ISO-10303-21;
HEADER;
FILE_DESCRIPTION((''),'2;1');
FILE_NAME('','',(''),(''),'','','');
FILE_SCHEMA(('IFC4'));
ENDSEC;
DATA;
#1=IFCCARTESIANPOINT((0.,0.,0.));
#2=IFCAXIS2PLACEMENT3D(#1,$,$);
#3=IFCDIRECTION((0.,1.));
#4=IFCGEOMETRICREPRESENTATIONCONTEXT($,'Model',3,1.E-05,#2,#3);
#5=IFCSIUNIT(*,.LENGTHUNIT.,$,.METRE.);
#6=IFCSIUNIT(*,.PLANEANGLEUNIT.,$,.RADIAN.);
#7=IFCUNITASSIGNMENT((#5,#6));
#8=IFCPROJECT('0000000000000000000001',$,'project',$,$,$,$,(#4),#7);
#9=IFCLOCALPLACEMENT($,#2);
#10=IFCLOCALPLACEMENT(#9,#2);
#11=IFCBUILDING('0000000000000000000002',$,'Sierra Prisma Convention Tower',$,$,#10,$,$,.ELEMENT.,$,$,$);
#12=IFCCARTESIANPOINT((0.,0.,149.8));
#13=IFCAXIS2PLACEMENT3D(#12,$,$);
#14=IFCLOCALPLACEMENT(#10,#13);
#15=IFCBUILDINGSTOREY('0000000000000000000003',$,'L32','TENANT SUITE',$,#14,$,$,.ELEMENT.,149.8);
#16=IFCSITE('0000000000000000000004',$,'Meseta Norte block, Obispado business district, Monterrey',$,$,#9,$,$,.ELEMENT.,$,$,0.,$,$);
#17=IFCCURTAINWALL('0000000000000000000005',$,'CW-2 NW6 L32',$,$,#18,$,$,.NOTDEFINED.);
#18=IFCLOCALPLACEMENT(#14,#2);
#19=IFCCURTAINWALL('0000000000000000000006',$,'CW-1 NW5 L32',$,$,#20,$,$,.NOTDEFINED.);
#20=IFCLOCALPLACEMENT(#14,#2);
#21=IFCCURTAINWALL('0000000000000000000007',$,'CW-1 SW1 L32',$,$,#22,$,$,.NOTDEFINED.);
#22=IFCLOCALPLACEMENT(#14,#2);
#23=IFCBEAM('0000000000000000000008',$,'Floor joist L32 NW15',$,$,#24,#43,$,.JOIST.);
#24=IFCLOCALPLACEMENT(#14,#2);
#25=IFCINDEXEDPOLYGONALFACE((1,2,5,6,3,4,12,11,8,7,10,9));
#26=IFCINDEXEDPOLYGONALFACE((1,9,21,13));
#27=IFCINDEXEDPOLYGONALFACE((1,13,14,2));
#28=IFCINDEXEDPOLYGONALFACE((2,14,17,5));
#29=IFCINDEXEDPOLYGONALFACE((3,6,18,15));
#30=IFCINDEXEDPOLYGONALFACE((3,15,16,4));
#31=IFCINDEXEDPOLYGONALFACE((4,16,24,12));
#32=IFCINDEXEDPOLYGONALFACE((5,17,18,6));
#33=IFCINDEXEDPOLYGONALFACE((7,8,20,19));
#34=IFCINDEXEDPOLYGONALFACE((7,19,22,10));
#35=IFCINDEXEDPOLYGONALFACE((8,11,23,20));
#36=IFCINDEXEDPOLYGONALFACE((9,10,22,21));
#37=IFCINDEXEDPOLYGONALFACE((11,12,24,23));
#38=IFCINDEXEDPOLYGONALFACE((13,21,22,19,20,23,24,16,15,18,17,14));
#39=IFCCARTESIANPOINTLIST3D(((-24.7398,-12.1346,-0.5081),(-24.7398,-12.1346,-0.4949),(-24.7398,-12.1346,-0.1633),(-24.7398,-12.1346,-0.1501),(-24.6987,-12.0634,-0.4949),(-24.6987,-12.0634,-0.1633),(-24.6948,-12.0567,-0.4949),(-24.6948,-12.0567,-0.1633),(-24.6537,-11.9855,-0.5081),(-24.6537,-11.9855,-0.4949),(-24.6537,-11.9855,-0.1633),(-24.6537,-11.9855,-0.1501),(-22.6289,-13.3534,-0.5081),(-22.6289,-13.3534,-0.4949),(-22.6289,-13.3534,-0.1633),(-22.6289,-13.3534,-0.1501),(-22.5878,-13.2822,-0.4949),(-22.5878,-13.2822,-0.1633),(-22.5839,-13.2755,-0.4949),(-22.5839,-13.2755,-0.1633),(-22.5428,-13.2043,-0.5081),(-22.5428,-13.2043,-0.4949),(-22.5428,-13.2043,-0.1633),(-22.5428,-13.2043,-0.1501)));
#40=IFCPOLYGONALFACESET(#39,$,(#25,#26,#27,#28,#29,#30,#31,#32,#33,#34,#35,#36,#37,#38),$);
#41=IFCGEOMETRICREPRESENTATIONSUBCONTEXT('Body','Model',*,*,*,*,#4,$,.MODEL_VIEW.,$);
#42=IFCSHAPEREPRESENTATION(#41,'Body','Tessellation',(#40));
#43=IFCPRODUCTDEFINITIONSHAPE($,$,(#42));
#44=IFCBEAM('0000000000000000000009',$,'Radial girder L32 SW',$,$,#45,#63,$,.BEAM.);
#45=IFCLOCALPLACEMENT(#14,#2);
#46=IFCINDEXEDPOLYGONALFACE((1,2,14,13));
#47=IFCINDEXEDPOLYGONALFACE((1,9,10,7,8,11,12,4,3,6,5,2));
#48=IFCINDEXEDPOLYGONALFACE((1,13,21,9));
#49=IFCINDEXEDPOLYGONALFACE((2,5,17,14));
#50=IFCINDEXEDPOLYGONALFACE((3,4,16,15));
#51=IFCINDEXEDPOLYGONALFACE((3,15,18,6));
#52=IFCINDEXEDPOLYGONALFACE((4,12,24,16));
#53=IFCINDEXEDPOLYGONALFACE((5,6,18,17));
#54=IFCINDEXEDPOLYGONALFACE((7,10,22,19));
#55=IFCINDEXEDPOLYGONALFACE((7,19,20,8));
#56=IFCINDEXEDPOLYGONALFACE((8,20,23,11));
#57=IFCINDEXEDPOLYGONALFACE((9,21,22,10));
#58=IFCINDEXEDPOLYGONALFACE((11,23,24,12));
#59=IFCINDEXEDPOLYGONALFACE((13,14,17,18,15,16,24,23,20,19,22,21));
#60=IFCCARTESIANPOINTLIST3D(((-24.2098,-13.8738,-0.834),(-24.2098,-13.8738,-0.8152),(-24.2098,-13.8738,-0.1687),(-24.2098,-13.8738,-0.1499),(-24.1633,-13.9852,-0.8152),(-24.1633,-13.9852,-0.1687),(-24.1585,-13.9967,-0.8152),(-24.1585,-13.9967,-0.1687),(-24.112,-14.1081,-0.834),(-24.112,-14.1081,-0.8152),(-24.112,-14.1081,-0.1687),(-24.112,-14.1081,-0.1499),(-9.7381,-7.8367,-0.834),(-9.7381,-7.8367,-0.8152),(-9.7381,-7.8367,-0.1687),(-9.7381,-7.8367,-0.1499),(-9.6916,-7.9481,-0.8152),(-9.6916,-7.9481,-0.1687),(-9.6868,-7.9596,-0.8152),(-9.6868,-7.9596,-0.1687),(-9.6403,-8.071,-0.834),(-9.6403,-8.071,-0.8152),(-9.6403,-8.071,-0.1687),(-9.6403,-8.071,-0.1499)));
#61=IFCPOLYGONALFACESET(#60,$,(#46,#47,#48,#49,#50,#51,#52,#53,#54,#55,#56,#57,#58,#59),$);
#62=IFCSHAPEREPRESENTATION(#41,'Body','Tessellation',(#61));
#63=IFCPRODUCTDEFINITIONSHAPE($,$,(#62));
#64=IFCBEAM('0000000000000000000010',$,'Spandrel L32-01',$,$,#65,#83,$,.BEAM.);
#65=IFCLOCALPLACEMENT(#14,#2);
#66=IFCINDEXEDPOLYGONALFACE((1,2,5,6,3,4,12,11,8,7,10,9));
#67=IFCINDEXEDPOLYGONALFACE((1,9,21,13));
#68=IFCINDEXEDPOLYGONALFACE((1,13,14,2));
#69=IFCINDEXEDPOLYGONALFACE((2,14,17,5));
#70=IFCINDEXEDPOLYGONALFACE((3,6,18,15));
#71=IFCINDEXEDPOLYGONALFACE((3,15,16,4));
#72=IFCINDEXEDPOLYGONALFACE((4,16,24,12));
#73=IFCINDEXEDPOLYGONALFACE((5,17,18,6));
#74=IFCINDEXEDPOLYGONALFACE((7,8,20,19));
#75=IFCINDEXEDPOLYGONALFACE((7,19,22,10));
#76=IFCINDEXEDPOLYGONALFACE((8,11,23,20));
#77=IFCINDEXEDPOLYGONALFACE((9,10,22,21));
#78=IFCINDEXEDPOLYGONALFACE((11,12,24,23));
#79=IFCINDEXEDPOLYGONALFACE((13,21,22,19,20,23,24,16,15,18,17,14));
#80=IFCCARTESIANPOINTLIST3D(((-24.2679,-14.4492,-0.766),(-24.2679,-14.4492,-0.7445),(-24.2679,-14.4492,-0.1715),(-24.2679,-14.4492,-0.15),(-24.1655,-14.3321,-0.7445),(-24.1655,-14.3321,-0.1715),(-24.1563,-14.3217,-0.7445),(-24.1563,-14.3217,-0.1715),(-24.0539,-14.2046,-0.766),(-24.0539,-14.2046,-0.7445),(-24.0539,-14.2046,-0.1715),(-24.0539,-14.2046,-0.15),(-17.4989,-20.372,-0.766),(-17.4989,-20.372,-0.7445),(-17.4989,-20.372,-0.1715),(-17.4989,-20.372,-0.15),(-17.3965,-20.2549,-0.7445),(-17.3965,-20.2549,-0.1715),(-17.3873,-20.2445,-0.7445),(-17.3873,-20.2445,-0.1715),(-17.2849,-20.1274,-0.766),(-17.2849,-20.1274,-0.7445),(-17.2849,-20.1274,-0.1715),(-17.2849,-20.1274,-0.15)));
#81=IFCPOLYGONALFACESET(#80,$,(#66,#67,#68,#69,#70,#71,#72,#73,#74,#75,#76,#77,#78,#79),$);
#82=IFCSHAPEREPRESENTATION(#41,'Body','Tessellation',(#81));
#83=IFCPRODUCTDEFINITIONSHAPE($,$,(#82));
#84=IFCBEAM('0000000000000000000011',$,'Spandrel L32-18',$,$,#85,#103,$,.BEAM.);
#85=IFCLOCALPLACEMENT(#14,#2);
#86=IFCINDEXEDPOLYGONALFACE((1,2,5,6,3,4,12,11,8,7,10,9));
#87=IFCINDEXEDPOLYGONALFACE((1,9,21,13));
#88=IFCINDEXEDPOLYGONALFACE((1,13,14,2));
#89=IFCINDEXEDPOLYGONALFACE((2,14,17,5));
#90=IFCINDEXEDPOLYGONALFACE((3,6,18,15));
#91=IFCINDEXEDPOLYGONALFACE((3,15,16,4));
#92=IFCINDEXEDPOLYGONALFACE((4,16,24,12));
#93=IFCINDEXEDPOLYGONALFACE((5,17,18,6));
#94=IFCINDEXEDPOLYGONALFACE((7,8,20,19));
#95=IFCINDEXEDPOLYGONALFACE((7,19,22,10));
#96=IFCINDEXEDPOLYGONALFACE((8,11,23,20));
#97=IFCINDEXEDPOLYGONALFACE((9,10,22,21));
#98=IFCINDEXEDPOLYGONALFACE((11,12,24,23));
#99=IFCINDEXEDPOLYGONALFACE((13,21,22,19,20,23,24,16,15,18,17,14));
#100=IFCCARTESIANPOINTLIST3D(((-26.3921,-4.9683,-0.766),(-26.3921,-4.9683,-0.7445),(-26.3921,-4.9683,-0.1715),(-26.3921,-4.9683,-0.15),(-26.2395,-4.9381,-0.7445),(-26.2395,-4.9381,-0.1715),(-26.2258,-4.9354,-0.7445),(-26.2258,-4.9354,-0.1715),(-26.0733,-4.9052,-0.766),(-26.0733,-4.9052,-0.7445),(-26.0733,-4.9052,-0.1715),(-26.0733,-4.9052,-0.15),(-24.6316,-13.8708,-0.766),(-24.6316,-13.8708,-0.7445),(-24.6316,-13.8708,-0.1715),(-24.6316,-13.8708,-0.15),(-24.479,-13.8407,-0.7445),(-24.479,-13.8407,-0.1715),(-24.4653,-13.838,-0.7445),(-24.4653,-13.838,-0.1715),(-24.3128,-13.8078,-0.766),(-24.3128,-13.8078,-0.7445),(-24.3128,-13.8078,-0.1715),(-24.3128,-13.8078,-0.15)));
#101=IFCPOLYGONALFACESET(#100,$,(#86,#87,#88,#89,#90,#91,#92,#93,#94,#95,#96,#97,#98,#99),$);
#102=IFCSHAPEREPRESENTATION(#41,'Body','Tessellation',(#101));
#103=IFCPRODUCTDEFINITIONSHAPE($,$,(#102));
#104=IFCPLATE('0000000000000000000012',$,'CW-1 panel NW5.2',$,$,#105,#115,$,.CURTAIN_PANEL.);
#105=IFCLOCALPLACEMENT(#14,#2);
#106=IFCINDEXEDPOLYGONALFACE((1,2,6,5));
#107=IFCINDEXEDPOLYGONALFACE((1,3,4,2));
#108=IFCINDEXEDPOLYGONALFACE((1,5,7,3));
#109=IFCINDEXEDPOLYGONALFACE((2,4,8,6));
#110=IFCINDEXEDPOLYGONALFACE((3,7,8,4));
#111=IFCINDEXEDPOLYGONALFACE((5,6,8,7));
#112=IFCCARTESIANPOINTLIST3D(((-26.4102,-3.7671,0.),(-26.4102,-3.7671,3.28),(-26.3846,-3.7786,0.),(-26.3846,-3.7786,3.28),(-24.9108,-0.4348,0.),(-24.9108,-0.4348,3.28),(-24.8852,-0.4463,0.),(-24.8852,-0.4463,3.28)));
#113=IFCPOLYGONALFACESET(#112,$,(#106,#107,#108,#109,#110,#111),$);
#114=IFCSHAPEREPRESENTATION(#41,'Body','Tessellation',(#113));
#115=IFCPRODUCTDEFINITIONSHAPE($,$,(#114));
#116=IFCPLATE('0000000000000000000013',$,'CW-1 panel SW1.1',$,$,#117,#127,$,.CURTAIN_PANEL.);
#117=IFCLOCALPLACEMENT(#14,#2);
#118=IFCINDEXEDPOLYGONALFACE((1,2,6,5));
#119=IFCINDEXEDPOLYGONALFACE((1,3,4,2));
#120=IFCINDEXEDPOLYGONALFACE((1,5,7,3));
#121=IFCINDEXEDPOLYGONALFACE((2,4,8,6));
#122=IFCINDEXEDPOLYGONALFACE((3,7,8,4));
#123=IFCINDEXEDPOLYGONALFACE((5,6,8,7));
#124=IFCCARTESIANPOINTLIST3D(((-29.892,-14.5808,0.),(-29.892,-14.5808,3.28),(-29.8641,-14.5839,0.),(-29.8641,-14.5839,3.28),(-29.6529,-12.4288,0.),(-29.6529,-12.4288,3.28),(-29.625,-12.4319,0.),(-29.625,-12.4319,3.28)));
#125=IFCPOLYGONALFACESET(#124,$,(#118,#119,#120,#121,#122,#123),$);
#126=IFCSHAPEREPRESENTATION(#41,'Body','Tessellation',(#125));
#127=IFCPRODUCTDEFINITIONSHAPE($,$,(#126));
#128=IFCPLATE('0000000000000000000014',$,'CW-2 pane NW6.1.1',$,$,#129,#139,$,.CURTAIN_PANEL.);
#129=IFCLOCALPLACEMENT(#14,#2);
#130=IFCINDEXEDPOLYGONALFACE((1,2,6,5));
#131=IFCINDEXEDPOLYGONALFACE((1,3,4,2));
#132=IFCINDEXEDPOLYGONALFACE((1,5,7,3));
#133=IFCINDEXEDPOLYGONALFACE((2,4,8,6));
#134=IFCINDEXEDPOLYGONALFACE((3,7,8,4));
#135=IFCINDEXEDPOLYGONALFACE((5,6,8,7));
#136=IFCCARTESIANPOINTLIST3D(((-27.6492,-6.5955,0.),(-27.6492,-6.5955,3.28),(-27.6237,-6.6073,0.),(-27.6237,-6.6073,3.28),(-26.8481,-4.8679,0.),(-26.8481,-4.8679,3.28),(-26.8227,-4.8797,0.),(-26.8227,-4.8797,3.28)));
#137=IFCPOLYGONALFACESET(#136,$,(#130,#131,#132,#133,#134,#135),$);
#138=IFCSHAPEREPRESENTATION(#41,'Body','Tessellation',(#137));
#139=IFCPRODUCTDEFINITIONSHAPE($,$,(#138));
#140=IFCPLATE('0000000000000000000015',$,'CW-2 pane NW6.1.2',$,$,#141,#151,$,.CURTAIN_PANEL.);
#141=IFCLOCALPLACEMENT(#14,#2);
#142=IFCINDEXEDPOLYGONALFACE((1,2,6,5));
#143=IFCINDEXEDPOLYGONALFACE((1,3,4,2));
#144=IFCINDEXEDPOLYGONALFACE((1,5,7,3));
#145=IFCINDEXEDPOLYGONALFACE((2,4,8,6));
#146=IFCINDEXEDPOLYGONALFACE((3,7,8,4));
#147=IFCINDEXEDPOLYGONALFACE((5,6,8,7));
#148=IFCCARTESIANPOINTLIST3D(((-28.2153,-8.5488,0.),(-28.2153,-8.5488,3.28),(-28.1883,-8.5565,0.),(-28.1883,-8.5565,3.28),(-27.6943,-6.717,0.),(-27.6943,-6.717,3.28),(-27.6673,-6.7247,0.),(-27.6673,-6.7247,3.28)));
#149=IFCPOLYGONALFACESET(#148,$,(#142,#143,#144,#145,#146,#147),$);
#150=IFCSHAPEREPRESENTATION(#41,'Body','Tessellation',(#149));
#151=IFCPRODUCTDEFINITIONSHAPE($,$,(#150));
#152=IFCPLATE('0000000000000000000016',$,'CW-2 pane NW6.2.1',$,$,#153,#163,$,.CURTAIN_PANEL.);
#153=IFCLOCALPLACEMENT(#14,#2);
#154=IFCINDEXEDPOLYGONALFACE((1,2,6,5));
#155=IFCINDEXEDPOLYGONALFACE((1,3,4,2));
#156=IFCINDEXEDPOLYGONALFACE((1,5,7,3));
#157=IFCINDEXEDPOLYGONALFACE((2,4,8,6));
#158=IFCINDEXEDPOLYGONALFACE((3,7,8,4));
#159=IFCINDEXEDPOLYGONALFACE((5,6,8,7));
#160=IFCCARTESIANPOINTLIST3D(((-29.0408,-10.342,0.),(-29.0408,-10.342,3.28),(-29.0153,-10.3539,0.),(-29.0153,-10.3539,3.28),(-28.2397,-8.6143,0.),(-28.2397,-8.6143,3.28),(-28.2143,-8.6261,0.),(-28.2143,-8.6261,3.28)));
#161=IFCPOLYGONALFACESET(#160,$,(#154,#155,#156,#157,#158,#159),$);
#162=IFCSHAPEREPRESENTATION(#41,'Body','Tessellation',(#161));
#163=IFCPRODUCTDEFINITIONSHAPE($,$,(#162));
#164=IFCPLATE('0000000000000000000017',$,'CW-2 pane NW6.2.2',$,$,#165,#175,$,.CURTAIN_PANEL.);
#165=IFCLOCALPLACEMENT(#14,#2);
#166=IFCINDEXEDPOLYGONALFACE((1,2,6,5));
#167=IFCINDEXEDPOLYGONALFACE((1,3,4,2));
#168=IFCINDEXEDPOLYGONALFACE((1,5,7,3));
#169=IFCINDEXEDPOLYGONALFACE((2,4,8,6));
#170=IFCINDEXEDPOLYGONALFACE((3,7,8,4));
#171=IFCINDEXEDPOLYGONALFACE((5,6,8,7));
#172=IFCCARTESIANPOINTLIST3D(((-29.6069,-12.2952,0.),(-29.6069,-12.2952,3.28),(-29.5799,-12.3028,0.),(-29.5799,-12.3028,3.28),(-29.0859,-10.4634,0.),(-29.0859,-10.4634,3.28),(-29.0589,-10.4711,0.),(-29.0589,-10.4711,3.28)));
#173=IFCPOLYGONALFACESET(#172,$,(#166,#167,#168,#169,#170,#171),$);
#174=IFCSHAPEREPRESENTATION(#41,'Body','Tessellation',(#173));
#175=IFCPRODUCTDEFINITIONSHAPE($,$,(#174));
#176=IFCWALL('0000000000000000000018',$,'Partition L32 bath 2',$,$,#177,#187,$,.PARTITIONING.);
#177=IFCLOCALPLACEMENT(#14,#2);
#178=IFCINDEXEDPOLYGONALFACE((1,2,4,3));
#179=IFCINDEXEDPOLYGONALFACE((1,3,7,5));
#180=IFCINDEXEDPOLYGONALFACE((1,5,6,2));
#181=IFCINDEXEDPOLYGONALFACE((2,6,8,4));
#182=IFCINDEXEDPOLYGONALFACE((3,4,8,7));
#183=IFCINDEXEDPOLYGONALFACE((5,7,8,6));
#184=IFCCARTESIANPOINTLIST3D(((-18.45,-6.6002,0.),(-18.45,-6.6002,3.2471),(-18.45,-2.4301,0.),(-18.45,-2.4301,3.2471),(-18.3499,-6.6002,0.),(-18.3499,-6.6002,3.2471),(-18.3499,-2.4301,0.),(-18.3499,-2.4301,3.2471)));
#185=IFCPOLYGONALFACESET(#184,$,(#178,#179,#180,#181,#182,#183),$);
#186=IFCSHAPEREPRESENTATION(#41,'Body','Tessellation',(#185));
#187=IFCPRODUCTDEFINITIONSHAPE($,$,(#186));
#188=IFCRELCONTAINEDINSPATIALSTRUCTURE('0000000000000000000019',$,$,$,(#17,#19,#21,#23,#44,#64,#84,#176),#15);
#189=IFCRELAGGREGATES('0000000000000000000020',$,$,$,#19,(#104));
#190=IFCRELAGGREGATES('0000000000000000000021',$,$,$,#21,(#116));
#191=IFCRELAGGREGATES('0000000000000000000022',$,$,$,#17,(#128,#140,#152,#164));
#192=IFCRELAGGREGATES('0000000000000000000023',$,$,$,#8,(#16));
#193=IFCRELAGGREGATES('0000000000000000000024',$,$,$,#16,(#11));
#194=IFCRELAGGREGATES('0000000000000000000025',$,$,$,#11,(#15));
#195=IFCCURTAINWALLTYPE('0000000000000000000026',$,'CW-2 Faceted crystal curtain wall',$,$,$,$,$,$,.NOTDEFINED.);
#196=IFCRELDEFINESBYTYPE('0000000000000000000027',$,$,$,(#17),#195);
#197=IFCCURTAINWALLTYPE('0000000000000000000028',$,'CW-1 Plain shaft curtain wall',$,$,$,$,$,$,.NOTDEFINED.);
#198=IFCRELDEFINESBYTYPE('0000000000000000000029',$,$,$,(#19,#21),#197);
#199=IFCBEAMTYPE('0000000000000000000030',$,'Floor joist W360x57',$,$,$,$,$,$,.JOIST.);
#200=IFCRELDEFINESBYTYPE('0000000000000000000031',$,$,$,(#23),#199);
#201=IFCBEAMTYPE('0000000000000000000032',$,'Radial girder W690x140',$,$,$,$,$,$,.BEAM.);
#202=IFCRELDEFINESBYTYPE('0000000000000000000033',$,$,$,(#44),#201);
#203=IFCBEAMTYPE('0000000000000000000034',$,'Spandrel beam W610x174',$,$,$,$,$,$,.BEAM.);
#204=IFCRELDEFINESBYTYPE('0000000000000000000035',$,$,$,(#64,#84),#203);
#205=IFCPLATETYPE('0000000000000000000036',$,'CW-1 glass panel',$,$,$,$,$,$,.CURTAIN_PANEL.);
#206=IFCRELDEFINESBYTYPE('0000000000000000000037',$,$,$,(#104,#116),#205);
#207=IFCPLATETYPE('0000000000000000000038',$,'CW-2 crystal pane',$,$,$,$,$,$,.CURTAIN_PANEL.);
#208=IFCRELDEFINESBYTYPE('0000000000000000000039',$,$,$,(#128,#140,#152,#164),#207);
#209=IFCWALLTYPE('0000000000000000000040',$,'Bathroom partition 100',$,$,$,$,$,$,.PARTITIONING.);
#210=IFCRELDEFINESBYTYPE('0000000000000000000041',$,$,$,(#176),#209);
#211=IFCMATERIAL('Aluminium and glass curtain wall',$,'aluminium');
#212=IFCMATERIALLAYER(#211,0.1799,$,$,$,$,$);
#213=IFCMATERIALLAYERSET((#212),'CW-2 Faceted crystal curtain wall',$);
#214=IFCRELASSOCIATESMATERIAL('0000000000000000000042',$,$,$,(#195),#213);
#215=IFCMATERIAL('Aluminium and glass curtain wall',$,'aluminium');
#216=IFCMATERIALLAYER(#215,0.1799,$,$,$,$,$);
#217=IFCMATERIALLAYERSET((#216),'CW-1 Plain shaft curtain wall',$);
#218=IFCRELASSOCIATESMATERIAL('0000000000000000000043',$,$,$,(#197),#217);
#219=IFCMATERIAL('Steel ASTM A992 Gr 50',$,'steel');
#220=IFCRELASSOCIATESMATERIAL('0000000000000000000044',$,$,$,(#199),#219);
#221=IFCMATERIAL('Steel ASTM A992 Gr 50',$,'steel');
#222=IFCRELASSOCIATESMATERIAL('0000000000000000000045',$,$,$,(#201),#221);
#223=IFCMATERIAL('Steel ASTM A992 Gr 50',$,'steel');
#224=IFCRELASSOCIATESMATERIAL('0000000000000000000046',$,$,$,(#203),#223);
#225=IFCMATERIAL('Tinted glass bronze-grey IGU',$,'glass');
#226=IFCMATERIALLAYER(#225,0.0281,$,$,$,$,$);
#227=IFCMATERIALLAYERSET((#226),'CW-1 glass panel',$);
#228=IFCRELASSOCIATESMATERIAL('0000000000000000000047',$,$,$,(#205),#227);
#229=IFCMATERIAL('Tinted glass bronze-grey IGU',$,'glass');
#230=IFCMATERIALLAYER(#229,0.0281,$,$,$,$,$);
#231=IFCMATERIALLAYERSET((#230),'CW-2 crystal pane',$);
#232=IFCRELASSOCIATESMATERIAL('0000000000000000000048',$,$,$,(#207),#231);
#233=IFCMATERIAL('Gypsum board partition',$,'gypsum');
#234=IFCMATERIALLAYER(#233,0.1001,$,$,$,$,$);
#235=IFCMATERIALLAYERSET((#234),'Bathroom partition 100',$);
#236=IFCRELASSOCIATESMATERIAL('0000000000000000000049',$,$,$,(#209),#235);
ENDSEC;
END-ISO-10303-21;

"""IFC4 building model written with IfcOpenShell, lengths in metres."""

from ifc_helpers import new_model, si_unit, direction, frame, frame_2d, origin, origin_2d, place, context, subcontext, project, spatial, polyline, rectangle, i_section, outline, extrude, material, layer, layer_set, material_profile, profile_set, type_object, element, aggregate, save


model = new_model("IFC4")

# Units and contexts
model_context = context("Model", 3, precision=1e-05, world=origin(), true_north=direction((0.0, 1.0)))
body_context = subcontext(model_context, "Body", "Model", "MODEL_VIEW")
ifc_project = project(units=[si_unit("LENGTHUNIT", "METRE"), si_unit("PLANEANGLEUNIT", "RADIAN")], contexts=[model_context])

# Site, building, storey
site_placement = place(None, origin())
site = spatial("IfcSite", under=ifc_project, at=site_placement, Name="Meseta Norte block, Obispado business district, Monterrey", CompositionType="ELEMENT", RefElevation=0.0)
building_placement = place(site_placement, origin())
building = spatial("IfcBuilding", under=site, at=building_placement, Name="Sierra Prisma Convention Tower", CompositionType="ELEMENT")
storey_placement = place(building_placement, frame((0.0, 0.0, 149.8)))
storey = spatial("IfcBuildingStorey", under=building, at=storey_placement, Name="L32", Description="TENANT SUITE", CompositionType="ELEMENT", Elevation=149.8)

# Curtain wall
ifc_material_1 = material(Name="Aluminium and glass curtain wall", Category="aluminium")
ifc_layer_1 = layer(ifc_material_1, 0.1799)
ifc_layer_set_1 = layer_set([ifc_layer_1], Name="CW-2 Faceted crystal curtain wall")
curtain_wall_type_1 = type_object("IfcCurtainWallType", Name="CW-2 Faceted crystal curtain wall", PredefinedType="NOTDEFINED", material=ifc_layer_set_1)
curtain_wall_1_placement = place(storey_placement, origin())
curtain_wall_1 = element("IfcCurtainWall", 1, at=curtain_wall_1_placement, inside=storey, type_object=curtain_wall_type_1, Name="CW-2 NW6 L32", PredefinedType="NOTDEFINED")

# Curtain wall
ifc_material_2 = material(Name="Aluminium and glass curtain wall", Category="aluminium")
ifc_layer_2 = layer(ifc_material_2, 0.1799)
ifc_layer_set_2 = layer_set([ifc_layer_2], Name="CW-1 Plain shaft curtain wall")
curtain_wall_type_2 = type_object("IfcCurtainWallType", Name="CW-1 Plain shaft curtain wall", PredefinedType="NOTDEFINED", material=ifc_layer_set_2)
curtain_wall_2_placement = place(storey_placement, origin())
curtain_wall_2 = element("IfcCurtainWall", 2, at=curtain_wall_2_placement, inside=storey, type_object=curtain_wall_type_2, Name="CW-1 NW5 L32", PredefinedType="NOTDEFINED")

# Curtain wall
curtain_wall_3_placement = place(storey_placement, origin())
curtain_wall_3 = element("IfcCurtainWall", 3, at=curtain_wall_3_placement, inside=storey, type_object=curtain_wall_type_2, Name="CW-1 SW1 L32", PredefinedType="NOTDEFINED")

# Beams
ifc_material_3 = material(Name="Steel ASTM A992 Gr 50", Category="steel")
ifc_material_profile_1 = material_profile(ifc_material_3, i_section(OverallWidth=0.1721, OverallDepth=0.3579, WebThickness=0.0078, FlangeThickness=0.0132, at=origin_2d()), Name="W360x57")
ifc_profile_set_1 = profile_set([ifc_material_profile_1], Name="Steel ASTM A992 Gr 50")
beam_type_1 = type_object("IfcBeamType", Name="Floor joist W360x57", PredefinedType="JOIST", material=ifc_profile_set_1)
beam_1_placement = place(storey_placement, frame((-24.6968, -12.0601, -0.3291), z_axis=(0.866015, -0.500017, 0.0), x_axis=(0.500017, 0.866015, 0.0)))
element("IfcBeam", 4, at=beam_1_placement, inside=storey, type_object=beam_type_1, Name="Floor joist L32 NW15", PredefinedType="JOIST", context=body_context, shape_type="SweptSolid", body=[
    extrude(i_section(OverallWidth=0.1721, OverallDepth=0.3579, WebThickness=0.0078, FlangeThickness=0.0132, at=origin_2d()), origin(), (0.0, 0.0, 1.0), 2.4375),
])
ifc_material_4 = material(Name="Steel ASTM A992 Gr 50", Category="steel")
ifc_material_profile_2 = material_profile(ifc_material_4, i_section(OverallWidth=0.2539, OverallDepth=0.6841, WebThickness=0.0125, FlangeThickness=0.0188, at=origin_2d()), Name="W690x140")
ifc_profile_set_2 = profile_set([ifc_material_profile_2], Name="Steel ASTM A992 Gr 50")
beam_type_2 = type_object("IfcBeamType", Name="Radial girder W690x140", PredefinedType="BEAM", material=ifc_profile_set_2)
beam_2_placement = place(storey_placement, frame((-24.1609, -13.991, -0.4919), z_axis=(0.922913, 0.385009, 0.0), x_axis=(-0.385009, 0.922913, 0.0)))
element("IfcBeam", 5, at=beam_2_placement, inside=storey, type_object=beam_type_2, Name="Radial girder L32 SW", PredefinedType="BEAM", context=body_context, shape_type="SweptSolid", body=[
    extrude(i_section(OverallWidth=0.2539, OverallDepth=0.6841, WebThickness=0.0125, FlangeThickness=0.0188, at=origin_2d()), origin(), (0.0, 0.0, 1.0), 15.6804),
])
ifc_material_5 = material(Name="Steel ASTM A992 Gr 50", Category="steel")
ifc_material_profile_3 = material_profile(ifc_material_5, i_section(OverallWidth=0.325, OverallDepth=0.616, WebThickness=0.0139, FlangeThickness=0.0215, at=origin_2d()), Name="W610x174")
ifc_profile_set_3 = profile_set([ifc_material_profile_3], Name="Steel ASTM A992 Gr 50")
beam_type_3 = type_object("IfcBeamType", Name="Spandrel beam W610x174", PredefinedType="BEAM", material=ifc_profile_set_3)
beam_3_placement = place(storey_placement, frame((-24.1609, -14.3269, -0.458), z_axis=(0.75258, -0.658501, 0.0), x_axis=(0.658501, 0.75258, 0.0)))
element("IfcBeam", 6, at=beam_3_placement, inside=storey, type_object=beam_type_3, Name="Spandrel L32-01", PredefinedType="BEAM", context=body_context, shape_type="SweptSolid", body=[
    extrude(i_section(OverallWidth=0.325, OverallDepth=0.616, WebThickness=0.0139, FlangeThickness=0.0215, at=origin_2d()), origin(), (0.0, 0.0, 1.0), 8.9944),
])
beam_4_placement = place(storey_placement, frame((-26.2327, -4.9368, -0.458), z_axis=(0.193995, -0.981003, 0.0), x_axis=(0.981003, 0.193995, 0.0)))
element("IfcBeam", 7, at=beam_4_placement, inside=storey, type_object=beam_type_3, Name="Spandrel L32-18", PredefinedType="BEAM", context=body_context, shape_type="SweptSolid", body=[
    extrude(i_section(OverallWidth=0.325, OverallDepth=0.616, WebThickness=0.0139, FlangeThickness=0.0215, at=origin_2d()), origin(), (0.0, 0.0, 1.0), 9.075),
])

# Plates
ifc_material_6 = material(Name="Tinted glass bronze-grey IGU", Category="glass")
ifc_layer_3 = layer(ifc_material_6, 0.0281)
ifc_layer_set_3 = layer_set([ifc_layer_3], Name="CW-1 glass panel")
plate_type_1 = type_object("IfcPlateType", Name="CW-1 glass panel", PredefinedType="CURTAIN_PANEL", material=ifc_layer_set_3)
plate_1_placement = place(storey_placement, frame((-25.6477, -2.1067, 0.0), z_axis=(0.0, 0.0, 1.0), x_axis=(-0.410344, -0.911931, 0.0)))
plate_1 = element("IfcPlate", 8, at=plate_1_placement, type_object=plate_type_1, Name="CW-1 panel NW5.2", PredefinedType="CURTAIN_PANEL", context=body_context, shape_type="SweptSolid", body=[
    extrude(rectangle(XDim=3.6541, YDim=0.0281, at=origin_2d()), origin(), (0.0, 0.0, 1.0), 3.28),
])
aggregate(curtain_wall_2, [plate_1])
plate_2_placement = place(storey_placement, frame((-29.7585, -13.5063, 0.0), z_axis=(0.0, 0.0, 1.0), x_axis=(-0.110422, -0.993885, 0.0)))
plate_2 = element("IfcPlate", 9, at=plate_2_placement, type_object=plate_type_1, Name="CW-1 panel SW1.1", PredefinedType="CURTAIN_PANEL", context=body_context, shape_type="SweptSolid", body=[
    extrude(rectangle(XDim=2.1653, YDim=0.0281, at=origin_2d()), origin(), (0.0, 0.0, 1.0), 3.28),
])
aggregate(curtain_wall_3, [plate_2])
ifc_material_7 = material(Name="Tinted glass bronze-grey IGU", Category="glass")
ifc_layer_4 = layer(ifc_material_7, 0.0281)
ifc_layer_set_4 = layer_set([ifc_layer_4], Name="CW-2 crystal pane")
plate_type_2 = type_object("IfcPlateType", Name="CW-2 crystal pane", PredefinedType="CURTAIN_PANEL", material=ifc_layer_set_4)
plate_3_placement = place(storey_placement, frame((-26.8481, -4.8679, 0.0), z_axis=(-0.907219, 0.420659, 0.0), x_axis=(-0.420659, -0.907219, 0.0)))
plate_3 = element("IfcPlate", 10, at=plate_3_placement, type_object=plate_type_2, Name="CW-2 pane NW6.1.1", PredefinedType="CURTAIN_PANEL", context=body_context, shape_type="SweptSolid", body=[
    extrude(outline(polyline([(0.0, 0.0), (1.9042, 0.0), (1.9042, 3.28), (0.0, 3.28), (0.0, 0.0)])), origin(), (0.0, 0.0, -1.0), 0.0281),
])
plate_4_placement = place(storey_placement, frame((-28.2153, -8.5488, 0.0), z_axis=(-0.961852, 0.27357, 0.0), x_axis=(0.27357, 0.961852, 0.0)))
plate_4 = element("IfcPlate", 11, at=plate_4_placement, type_object=plate_type_2, Name="CW-2 pane NW6.1.2", PredefinedType="CURTAIN_PANEL", context=body_context, shape_type="SweptSolid", body=[
    extrude(outline(polyline([(0.0, 0.0), (1.9044, 0.0), (1.9044, -3.28), (0.0, -3.28), (0.0, 0.0)])), origin(), (0.0, 0.0, -1.0), 0.0281),
])
plate_5_placement = place(storey_placement, frame((-28.2397, -8.6143, 0.0), z_axis=(-0.907241, 0.42061, 0.0), x_axis=(-0.42061, -0.907241, 0.0)))
plate_5 = element("IfcPlate", 12, at=plate_5_placement, type_object=plate_type_2, Name="CW-2 pane NW6.2.1", PredefinedType="CURTAIN_PANEL", context=body_context, shape_type="SweptSolid", body=[
    extrude(outline(polyline([(0.0, 0.0), (1.9044, 0.0), (1.9044, 3.28), (0.0, 3.28), (0.0, 0.0)])), origin(), (0.0, 0.0, -1.0), 0.0281),
])
plate_6_placement = place(storey_placement, frame((-29.6069, -12.2952, 0.0), z_axis=(-0.961852, 0.27357, 0.0), x_axis=(0.27357, 0.961852, 0.0)))
plate_6 = element("IfcPlate", 13, at=plate_6_placement, type_object=plate_type_2, Name="CW-2 pane NW6.2.2", PredefinedType="CURTAIN_PANEL", context=body_context, shape_type="SweptSolid", body=[
    extrude(outline(polyline([(0.0, 0.0), (1.9044, 0.0), (1.9044, -3.28), (0.0, -3.28), (0.0, 0.0)])), origin(), (0.0, 0.0, -1.0), 0.0281),
])
aggregate(curtain_wall_1, [plate_3, plate_4, plate_5, plate_6])

# Wall
ifc_material_8 = material(Name="Gypsum board partition", Category="gypsum")
ifc_layer_5 = layer(ifc_material_8, 0.1001)
ifc_layer_set_5 = layer_set([ifc_layer_5], Name="Bathroom partition 100")
wall_type = type_object("IfcWallType", Name="Bathroom partition 100", PredefinedType="PARTITIONING", material=ifc_layer_set_5)
wall_placement = place(storey_placement, frame((-18.3999, -6.6001, 0.0), z_axis=(0.0, 0.0, 1.0), x_axis=(0.0, 1.0, 0.0)))
element("IfcWall", 14, at=wall_placement, inside=storey, type_object=wall_type, Name="Partition L32 bath 2", PredefinedType="PARTITIONING", context=body_context, shape_type="SweptSolid", body=[
    extrude(rectangle(XDim=4.1702, YDim=0.1001, at=frame_2d((2.085, 0.0))), origin(), (0.0, 0.0, 1.0), 3.2471),
])

save(model, "model.ifc")
